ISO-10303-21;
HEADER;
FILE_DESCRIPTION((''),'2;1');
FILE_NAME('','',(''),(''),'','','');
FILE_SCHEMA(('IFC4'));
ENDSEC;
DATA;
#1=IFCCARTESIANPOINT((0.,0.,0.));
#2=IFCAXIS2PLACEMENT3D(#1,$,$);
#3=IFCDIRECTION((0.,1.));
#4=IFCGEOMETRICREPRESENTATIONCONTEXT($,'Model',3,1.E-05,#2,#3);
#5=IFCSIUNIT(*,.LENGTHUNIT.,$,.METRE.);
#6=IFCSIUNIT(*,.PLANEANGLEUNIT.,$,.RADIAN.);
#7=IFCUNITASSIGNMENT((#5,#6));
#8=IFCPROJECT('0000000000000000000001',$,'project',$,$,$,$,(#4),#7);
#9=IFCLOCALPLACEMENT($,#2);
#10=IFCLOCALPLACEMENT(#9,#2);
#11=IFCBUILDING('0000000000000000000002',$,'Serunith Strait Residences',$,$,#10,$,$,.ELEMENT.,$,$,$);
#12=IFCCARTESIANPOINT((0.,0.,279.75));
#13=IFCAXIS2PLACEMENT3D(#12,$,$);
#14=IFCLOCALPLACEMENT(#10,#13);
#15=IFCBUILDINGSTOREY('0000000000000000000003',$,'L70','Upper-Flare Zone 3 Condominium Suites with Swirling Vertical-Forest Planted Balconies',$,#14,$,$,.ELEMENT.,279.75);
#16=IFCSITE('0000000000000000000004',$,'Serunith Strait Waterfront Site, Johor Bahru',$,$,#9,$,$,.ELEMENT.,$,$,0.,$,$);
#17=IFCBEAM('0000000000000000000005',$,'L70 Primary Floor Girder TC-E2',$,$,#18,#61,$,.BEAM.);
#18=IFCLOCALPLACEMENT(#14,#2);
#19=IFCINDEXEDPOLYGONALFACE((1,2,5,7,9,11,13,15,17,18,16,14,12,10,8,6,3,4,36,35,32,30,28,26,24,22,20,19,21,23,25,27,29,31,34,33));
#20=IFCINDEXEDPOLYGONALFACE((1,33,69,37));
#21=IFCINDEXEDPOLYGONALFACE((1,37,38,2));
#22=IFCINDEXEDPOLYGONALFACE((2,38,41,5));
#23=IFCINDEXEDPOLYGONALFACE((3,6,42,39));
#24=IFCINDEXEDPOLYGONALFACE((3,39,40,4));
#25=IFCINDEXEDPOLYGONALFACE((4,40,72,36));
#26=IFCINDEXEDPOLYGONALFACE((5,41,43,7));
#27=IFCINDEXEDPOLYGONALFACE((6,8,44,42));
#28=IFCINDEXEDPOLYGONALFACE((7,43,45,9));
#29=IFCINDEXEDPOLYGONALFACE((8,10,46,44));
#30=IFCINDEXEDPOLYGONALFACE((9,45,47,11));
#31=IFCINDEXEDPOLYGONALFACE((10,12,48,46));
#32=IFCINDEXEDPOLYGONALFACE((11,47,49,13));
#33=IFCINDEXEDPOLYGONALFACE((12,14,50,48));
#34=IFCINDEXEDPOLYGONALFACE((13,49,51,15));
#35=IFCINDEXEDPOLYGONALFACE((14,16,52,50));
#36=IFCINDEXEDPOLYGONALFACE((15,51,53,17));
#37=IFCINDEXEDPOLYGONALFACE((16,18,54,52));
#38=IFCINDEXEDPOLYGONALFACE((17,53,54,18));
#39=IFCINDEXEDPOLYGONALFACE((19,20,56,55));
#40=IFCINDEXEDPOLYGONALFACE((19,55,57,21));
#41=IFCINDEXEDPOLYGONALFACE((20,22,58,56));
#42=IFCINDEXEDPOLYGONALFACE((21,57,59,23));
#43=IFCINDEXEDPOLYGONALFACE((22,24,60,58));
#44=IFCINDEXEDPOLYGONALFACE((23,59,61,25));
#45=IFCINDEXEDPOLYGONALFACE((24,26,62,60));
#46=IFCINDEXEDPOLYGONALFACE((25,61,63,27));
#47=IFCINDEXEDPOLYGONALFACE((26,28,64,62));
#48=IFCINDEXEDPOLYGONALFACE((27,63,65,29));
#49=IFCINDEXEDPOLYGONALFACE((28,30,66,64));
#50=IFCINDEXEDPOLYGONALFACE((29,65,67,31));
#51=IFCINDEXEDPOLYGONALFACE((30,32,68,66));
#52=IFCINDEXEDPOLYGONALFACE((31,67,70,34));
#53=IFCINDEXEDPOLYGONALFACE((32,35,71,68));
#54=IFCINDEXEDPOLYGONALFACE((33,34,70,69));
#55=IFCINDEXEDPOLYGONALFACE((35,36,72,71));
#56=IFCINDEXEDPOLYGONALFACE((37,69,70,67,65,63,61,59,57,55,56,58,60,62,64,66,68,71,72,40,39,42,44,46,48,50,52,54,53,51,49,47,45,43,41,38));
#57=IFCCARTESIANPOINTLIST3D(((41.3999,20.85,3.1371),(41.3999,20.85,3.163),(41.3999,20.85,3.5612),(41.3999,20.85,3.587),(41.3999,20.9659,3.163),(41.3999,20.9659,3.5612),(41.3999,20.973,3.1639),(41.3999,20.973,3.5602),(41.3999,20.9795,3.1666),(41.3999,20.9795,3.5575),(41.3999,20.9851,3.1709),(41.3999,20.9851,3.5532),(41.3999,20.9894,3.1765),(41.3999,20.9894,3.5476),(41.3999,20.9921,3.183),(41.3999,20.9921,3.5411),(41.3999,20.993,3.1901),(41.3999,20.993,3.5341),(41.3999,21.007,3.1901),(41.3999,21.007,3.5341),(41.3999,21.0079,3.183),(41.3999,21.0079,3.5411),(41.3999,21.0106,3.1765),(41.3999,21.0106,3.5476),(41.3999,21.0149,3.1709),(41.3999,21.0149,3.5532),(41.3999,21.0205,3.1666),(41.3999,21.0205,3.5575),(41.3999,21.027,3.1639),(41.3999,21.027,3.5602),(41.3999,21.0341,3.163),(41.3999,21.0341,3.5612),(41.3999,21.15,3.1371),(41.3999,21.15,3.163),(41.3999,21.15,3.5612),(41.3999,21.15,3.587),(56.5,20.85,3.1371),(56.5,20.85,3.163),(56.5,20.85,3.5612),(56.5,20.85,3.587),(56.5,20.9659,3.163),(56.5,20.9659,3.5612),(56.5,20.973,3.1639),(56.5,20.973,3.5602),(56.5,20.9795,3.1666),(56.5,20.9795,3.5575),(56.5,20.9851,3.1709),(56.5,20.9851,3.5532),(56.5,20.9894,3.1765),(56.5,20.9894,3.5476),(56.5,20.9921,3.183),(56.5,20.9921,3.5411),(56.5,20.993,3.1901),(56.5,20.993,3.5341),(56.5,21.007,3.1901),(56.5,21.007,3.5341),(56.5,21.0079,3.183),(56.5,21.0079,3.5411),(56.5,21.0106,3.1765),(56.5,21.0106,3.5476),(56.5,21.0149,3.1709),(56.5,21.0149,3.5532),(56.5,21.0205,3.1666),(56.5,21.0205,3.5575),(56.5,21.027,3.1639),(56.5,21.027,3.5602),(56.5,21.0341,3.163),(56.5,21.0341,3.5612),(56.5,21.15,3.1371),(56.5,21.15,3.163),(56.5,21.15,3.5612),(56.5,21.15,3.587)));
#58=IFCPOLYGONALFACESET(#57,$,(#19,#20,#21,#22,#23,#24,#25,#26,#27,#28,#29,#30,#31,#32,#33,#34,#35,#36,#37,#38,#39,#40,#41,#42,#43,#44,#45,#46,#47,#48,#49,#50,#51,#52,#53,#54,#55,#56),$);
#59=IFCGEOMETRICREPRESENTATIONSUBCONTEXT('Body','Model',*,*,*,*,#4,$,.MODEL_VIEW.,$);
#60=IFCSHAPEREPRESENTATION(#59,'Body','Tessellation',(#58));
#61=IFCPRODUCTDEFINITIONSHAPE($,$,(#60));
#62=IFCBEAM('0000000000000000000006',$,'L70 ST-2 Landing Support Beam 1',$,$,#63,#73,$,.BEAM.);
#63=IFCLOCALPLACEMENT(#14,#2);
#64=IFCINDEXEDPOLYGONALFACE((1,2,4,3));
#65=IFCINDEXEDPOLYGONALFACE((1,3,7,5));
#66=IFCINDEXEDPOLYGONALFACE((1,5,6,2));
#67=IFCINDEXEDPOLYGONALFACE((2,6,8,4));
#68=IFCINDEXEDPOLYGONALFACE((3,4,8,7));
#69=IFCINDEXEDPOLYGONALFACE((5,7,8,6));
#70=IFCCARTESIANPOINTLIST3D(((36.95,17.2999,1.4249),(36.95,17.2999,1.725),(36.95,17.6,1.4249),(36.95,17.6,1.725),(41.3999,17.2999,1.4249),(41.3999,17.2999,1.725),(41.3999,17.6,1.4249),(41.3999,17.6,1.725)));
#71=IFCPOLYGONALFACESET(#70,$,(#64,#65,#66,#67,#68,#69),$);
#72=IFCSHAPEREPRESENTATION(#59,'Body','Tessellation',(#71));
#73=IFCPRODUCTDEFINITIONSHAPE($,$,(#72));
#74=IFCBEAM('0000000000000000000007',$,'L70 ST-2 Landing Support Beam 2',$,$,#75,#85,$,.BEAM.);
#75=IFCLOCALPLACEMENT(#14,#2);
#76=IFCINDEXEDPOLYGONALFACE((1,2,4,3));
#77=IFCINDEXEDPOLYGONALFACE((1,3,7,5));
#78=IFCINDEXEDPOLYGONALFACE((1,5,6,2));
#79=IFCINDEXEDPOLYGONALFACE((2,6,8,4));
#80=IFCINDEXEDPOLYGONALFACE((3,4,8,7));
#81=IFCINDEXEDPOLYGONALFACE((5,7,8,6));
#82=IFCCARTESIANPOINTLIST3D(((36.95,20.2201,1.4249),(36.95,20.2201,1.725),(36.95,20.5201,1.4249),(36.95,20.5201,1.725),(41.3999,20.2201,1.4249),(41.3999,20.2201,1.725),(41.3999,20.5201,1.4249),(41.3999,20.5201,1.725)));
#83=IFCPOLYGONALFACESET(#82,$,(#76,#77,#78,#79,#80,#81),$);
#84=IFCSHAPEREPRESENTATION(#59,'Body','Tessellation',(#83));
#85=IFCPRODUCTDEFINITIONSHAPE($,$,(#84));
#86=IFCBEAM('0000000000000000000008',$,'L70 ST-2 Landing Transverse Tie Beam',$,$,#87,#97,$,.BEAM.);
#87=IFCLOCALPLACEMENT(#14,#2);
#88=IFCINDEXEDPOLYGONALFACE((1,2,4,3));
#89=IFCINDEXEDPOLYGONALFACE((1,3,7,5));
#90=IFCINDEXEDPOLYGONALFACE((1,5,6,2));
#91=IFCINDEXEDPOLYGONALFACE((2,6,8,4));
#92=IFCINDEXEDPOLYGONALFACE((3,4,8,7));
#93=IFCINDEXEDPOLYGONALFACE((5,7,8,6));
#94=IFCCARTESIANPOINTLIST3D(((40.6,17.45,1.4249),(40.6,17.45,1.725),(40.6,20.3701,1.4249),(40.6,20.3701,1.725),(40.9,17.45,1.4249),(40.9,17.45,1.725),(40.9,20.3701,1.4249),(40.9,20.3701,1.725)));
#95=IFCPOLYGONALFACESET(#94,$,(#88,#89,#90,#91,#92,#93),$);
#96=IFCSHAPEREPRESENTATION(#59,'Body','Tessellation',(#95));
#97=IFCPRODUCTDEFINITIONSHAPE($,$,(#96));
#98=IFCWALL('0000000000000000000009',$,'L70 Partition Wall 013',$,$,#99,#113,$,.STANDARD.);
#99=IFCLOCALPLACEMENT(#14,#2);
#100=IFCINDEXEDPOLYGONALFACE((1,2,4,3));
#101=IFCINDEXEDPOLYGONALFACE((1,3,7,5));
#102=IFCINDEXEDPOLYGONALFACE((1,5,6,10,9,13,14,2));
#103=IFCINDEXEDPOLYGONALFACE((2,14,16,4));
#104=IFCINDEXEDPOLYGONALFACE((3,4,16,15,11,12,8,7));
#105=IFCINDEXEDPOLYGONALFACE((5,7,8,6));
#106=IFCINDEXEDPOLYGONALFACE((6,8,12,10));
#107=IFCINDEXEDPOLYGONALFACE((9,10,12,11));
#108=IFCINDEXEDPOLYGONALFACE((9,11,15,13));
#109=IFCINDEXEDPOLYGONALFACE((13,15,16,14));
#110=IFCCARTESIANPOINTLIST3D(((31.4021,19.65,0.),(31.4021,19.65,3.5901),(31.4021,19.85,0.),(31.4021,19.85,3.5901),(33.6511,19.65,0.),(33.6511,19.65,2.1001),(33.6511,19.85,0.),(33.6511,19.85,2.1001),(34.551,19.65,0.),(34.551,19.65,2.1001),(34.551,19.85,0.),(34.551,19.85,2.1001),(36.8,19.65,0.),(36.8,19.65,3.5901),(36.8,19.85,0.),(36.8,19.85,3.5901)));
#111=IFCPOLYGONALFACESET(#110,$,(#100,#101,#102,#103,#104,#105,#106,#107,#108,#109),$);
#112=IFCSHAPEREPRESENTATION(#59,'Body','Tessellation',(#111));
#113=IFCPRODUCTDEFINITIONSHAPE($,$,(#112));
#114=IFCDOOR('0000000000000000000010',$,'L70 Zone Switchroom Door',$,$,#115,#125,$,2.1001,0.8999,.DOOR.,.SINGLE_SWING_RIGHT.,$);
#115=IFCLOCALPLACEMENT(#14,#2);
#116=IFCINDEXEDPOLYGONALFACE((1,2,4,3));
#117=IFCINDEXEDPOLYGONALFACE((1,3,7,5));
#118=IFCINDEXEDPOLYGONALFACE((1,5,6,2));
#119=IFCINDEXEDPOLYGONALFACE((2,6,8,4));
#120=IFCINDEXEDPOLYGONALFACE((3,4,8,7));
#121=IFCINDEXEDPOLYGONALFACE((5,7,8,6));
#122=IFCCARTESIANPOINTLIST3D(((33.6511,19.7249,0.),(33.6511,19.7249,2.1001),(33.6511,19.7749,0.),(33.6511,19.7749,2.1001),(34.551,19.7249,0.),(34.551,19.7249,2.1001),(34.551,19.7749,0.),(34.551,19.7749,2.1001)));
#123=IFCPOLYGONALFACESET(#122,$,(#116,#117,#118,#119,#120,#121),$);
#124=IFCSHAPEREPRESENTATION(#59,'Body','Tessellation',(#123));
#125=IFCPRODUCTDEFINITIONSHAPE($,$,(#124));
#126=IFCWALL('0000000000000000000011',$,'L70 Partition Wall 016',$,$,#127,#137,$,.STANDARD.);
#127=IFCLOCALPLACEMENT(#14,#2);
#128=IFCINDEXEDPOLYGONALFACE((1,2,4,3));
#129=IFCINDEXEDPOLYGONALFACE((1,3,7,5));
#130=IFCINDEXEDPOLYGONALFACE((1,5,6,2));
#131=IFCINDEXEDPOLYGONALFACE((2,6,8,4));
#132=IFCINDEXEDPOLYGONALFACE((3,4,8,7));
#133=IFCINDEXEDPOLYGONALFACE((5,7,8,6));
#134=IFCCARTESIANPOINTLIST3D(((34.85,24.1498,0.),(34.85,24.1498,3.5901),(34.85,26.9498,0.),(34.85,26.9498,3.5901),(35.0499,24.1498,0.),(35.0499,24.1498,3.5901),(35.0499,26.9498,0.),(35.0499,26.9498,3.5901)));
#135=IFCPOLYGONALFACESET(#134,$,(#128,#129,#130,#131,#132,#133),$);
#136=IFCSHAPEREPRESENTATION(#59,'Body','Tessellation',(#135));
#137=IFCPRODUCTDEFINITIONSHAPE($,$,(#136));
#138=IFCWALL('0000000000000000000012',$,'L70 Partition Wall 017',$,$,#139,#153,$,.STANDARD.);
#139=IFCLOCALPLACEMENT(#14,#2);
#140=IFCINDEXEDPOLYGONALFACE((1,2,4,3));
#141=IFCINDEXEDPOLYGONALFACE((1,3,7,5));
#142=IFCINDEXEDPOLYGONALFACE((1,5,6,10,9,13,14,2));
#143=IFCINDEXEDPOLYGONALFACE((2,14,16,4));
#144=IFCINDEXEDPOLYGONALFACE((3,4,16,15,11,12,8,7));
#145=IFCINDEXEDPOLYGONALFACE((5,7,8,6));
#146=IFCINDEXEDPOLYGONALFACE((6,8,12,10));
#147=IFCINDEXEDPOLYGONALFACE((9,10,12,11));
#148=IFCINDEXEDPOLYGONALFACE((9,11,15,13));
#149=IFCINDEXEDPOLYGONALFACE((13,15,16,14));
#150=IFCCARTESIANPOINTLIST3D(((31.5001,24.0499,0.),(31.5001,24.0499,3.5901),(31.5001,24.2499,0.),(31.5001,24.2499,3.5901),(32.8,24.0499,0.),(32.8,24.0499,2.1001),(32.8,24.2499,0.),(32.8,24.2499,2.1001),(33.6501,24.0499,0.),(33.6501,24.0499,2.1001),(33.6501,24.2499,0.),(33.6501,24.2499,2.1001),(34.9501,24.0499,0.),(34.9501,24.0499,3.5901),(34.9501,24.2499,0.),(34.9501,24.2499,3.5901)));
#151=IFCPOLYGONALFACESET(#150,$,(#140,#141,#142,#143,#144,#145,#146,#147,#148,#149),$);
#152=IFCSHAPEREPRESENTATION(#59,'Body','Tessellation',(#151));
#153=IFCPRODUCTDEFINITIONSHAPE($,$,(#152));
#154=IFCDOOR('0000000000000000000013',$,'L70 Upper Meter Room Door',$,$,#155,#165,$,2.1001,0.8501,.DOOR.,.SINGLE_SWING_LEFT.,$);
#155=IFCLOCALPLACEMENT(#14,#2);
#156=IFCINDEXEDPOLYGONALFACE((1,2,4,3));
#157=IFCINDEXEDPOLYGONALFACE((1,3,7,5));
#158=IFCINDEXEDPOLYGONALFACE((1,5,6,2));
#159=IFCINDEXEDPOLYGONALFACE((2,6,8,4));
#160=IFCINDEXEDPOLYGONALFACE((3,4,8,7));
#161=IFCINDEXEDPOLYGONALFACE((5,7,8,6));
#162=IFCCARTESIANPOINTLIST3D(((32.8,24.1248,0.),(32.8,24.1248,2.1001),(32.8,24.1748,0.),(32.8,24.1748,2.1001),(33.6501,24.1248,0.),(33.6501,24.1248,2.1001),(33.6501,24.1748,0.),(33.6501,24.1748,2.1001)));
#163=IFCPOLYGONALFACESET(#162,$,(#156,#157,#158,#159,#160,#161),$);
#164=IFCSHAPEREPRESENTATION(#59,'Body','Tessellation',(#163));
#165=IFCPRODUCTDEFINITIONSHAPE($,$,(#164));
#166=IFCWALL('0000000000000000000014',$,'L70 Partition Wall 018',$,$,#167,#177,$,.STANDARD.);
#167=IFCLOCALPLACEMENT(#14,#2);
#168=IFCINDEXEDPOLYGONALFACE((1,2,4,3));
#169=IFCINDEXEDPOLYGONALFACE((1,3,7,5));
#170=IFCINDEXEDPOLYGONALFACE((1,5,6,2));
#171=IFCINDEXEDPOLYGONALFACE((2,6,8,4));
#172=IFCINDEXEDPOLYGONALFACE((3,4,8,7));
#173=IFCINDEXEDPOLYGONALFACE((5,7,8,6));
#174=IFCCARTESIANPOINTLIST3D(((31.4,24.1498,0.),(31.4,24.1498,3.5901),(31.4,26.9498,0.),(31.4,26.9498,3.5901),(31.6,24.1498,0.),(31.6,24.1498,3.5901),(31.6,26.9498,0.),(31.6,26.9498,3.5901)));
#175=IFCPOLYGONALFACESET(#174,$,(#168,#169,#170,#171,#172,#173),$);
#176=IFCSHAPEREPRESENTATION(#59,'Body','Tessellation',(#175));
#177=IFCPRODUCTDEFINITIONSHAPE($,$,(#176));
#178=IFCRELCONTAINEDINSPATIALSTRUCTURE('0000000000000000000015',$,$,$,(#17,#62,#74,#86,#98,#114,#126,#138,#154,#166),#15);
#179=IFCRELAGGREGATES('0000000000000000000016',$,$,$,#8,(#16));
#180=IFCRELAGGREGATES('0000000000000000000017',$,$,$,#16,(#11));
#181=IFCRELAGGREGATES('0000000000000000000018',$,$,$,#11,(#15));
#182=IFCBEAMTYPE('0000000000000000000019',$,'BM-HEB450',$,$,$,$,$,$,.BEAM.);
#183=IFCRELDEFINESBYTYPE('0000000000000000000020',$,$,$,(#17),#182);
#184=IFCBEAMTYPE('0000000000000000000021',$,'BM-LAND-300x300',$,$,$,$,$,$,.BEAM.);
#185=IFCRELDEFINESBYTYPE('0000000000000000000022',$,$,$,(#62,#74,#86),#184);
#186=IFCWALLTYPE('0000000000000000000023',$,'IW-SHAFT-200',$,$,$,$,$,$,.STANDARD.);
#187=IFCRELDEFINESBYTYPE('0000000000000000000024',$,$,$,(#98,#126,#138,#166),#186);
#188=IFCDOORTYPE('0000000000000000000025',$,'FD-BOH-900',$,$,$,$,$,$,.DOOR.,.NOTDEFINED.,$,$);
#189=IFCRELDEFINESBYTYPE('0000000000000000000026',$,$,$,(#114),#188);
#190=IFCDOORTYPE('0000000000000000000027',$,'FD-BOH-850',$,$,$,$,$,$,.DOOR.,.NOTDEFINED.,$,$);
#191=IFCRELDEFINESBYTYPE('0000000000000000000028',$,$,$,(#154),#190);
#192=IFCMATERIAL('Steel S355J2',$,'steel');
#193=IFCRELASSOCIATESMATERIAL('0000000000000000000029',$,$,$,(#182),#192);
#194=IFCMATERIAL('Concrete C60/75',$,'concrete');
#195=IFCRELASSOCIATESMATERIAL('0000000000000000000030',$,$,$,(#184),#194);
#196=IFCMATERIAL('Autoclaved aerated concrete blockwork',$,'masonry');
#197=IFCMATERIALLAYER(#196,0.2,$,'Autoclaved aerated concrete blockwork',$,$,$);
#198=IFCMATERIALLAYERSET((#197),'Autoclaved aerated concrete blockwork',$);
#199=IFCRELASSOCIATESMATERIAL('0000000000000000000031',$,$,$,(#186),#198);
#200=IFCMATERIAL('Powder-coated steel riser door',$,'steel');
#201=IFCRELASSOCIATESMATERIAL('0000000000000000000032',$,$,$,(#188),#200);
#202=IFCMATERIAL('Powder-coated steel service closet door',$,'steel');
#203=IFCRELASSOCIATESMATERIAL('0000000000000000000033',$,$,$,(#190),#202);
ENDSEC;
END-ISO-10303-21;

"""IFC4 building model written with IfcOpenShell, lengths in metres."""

from ifc_helpers import new_model, si_unit, direction, frame, frame_2d, origin, origin_2d, place, context, subcontext, project, spatial, rectangle, i_section, extrude, source, transform, mapped, material, layer, layer_set, material_profile, profile_set, type_object, element, fill, save


model = new_model("IFC4")

# Units and contexts
model_context = context("Model", 3, precision=1e-05, world=origin(), true_north=direction((0.0, 1.0)))
body_context = subcontext(model_context, "Body", "Model", "MODEL_VIEW")
ifc_project = project(units=[si_unit("LENGTHUNIT", "METRE"), si_unit("PLANEANGLEUNIT", "RADIAN")], contexts=[model_context])

# Site, building, storey
site_placement = place(None, origin())
site = spatial("IfcSite", under=ifc_project, at=site_placement, Name="Serunith Strait Waterfront Site, Johor Bahru", CompositionType="ELEMENT", RefElevation=0.0)
building_placement = place(site_placement, origin())
building = spatial("IfcBuilding", under=site, at=building_placement, Name="Serunith Strait Residences", CompositionType="ELEMENT")
storey_placement = place(building_placement, frame((0.0, 0.0, 279.75)))
storey = spatial("IfcBuildingStorey", under=building, at=storey_placement, Name="L70", Description="Upper-Flare Zone 3 Condominium Suites with Swirling Vertical-Forest Planted Balconies", CompositionType="ELEMENT", Elevation=279.75)

# Beams
ifc_material_1 = material(Name="Steel S355J2", Category="steel")
ifc_material_profile_1 = material_profile(ifc_material_1, i_section(OverallWidth=0.3, OverallDepth=0.45, WebThickness=0.0139, FlangeThickness=0.0259, FilletRadius=0.0271, at=origin_2d()), Name="HEB 450")
ifc_profile_set_1 = profile_set([ifc_material_profile_1], Name="Steel S355J2")
beam_type_1 = type_object("IfcBeamType", Name="BM-HEB450", PredefinedType="BEAM", material=ifc_profile_set_1)
shared_shape_1 = source(origin(), body_context, "Body", "SweptSolid", [
    extrude(i_section(OverallWidth=0.3, OverallDepth=0.45, WebThickness=0.0139, FlangeThickness=0.0259, FilletRadius=0.0271, at=origin_2d()), origin(), (0.0, 0.0, 1.0), 15.1001),
])
beam_1_placement = place(storey_placement, frame((41.3999, 21.0, 3.3621), z_axis=(1.0, 0.0, 0.0), x_axis=(0.0, 1.0, 0.0)))
element("IfcBeam", 1, at=beam_1_placement, inside=storey, type_object=beam_type_1, Name="L70 Primary Floor Girder TC-E2", PredefinedType="BEAM", context=body_context, shape_type="MappedRepresentation", body=[
    mapped(shared_shape_1, transform((0.0, 0.0, 0.0), scale=1.0)),
])
ifc_material_2 = material(Name="Concrete C60/75", Category="concrete")
ifc_material_profile_2 = material_profile(ifc_material_2, rectangle(XDim=0.3, YDim=0.3, at=origin_2d()), Name="RC 300x300")
ifc_profile_set_2 = profile_set([ifc_material_profile_2], Name="Concrete C60/75")
beam_type_2 = type_object("IfcBeamType", Name="BM-LAND-300x300", PredefinedType="BEAM", material=ifc_profile_set_2)
shared_shape_2 = source(origin(), body_context, "Body", "SweptSolid", [
    extrude(rectangle(XDim=0.3, YDim=0.3, at=origin_2d()), origin(), (0.0, 0.0, 1.0), 4.45),
])
for number, where, z_axis, x_axis, name in (
    (2, (36.95, 17.45, 1.575), (1.0, 0.0, 0.0), (0.0, 1.0, 0.0), "L70 ST-2 Landing Support Beam 1"),
    (3, (36.95, 20.3701, 1.575), (1.0, 0.0, 0.0), (0.0, 1.0, 0.0), "L70 ST-2 Landing Support Beam 2"),
):
    element("IfcBeam", number, at=place(storey_placement, frame(where, z_axis=z_axis, x_axis=x_axis)), inside=storey, type_object=beam_type_2, Name=name, PredefinedType="BEAM", context=body_context, shape_type="MappedRepresentation", body=[
        mapped(shared_shape_2, transform((0.0, 0.0, 0.0), scale=1.0)),
    ])
shared_shape_3 = source(origin(), body_context, "Body", "SweptSolid", [
    extrude(rectangle(XDim=0.3, YDim=0.3, at=origin_2d()), origin(), (0.0, 0.0, 1.0), 2.9202),
])
beam_2_placement = place(storey_placement, frame((40.75, 17.45, 1.575), z_axis=(0.0, 1.0, 0.0), x_axis=(-1.0, 0.0, 0.0)))
element("IfcBeam", 4, at=beam_2_placement, inside=storey, type_object=beam_type_2, Name="L70 ST-2 Landing Transverse Tie Beam", PredefinedType="BEAM", context=body_context, shape_type="MappedRepresentation", body=[
    mapped(shared_shape_3, transform((0.0, 0.0, 0.0), scale=1.0)),
])

# Wall, opening, door
ifc_material_3 = material(Name="Autoclaved aerated concrete blockwork", Category="masonry")
ifc_layer_1 = layer(ifc_material_3, 0.2, Name="Autoclaved aerated concrete blockwork")
ifc_layer_set_1 = layer_set([ifc_layer_1], Name="Autoclaved aerated concrete blockwork")
wall_type_1 = type_object("IfcWallType", Name="IW-SHAFT-200", PredefinedType="STANDARD", material=ifc_layer_set_1)
wall_1_placement = place(storey_placement, frame((31.4021, 19.75, 0.0), z_axis=(0.0, 0.0, 1.0), x_axis=(1.0, 0.0, 0.0)))
wall_1 = element("IfcWall", 5, at=wall_1_placement, inside=storey, type_object=wall_type_1, Name="L70 Partition Wall 013", PredefinedType="STANDARD", context=body_context, shape_type="SweptSolid", body=[
    extrude(rectangle(XDim=5.3979, YDim=0.2, at=frame_2d((2.699, 0.0))), origin(), (0.0, 0.0, 1.0), 3.5901),
])
opening_1_placement = place(wall_1_placement, frame((2.249, 0.0, 0.0)))
opening_1 = element("IfcOpeningElement", 6, at=opening_1_placement, cuts=wall_1, PredefinedType="OPENING", context=body_context, shape_type="SweptSolid", body=[
    extrude(rectangle(XDim=0.8999, YDim=2.1001, at=frame_2d((0.45, 1.05))), frame((0.0, 0.1099, 0.0), z_axis=(0.0, -1.0, 0.0), x_axis=(1.0, 0.0, 0.0)), (0.0, 0.0, 1.0), 0.22),
])
ifc_material_4 = material(Name="Powder-coated steel riser door", Category="steel")
door_type_1 = type_object("IfcDoorType", Name="FD-BOH-900", OperationType="NOTDEFINED", PredefinedType="DOOR", material=ifc_material_4)
shared_shape_4 = source(origin(), body_context, "Body", "SweptSolid", [
    extrude(rectangle(XDim=0.8999, YDim=2.1001, at=frame_2d((0.45, 1.05))), frame((0.0, 0.0249, 0.0), z_axis=(0.0, -1.0, 0.0), x_axis=(1.0, 0.0, 0.0)), (0.0, 0.0, 1.0), 0.05),
])
door_1_placement = place(opening_1_placement, origin())
door_1 = element("IfcDoor", 7, at=door_1_placement, inside=storey, type_object=door_type_1, Name="L70 Zone Switchroom Door", OperationType="SINGLE_SWING_RIGHT", OverallHeight=2.1001, OverallWidth=0.8999, PredefinedType="DOOR", context=body_context, shape_type="MappedRepresentation", body=[
    mapped(shared_shape_4, transform((0.0, 0.0, 0.0), scale=1.0)),
])
fill(opening_1, door_1)

# Wall
wall_2_placement = place(storey_placement, frame((34.95, 24.1499, 0.0), z_axis=(0.0, 0.0, 1.0), x_axis=(0.0, 1.0, 0.0)))
element("IfcWall", 8, at=wall_2_placement, inside=storey, type_object=wall_type_1, Name="L70 Partition Wall 016", PredefinedType="STANDARD", context=body_context, shape_type="SweptSolid", body=[
    extrude(rectangle(XDim=2.8, YDim=0.2, at=frame_2d((1.3999, 0.0))), origin(), (0.0, 0.0, 1.0), 3.5901),
])

# Wall, opening, door
wall_3_placement = place(storey_placement, frame((31.5, 24.1499, 0.0), z_axis=(0.0, 0.0, 1.0), x_axis=(1.0, 0.0, 0.0)))
wall_3 = element("IfcWall", 9, at=wall_3_placement, inside=storey, type_object=wall_type_1, Name="L70 Partition Wall 017", PredefinedType="STANDARD", context=body_context, shape_type="SweptSolid", body=[
    extrude(rectangle(XDim=3.45, YDim=0.2, at=frame_2d((1.7251, 0.0))), origin(), (0.0, 0.0, 1.0), 3.5901),
])
opening_2_placement = place(wall_3_placement, frame((1.3, 0.0, 0.0)))
opening_2 = element("IfcOpeningElement", 10, at=opening_2_placement, cuts=wall_3, PredefinedType="OPENING", context=body_context, shape_type="SweptSolid", body=[
    extrude(rectangle(XDim=0.8501, YDim=2.1001, at=frame_2d((0.425, 1.05))), frame((0.0, 0.1099, 0.0), z_axis=(0.0, -1.0, 0.0), x_axis=(1.0, 0.0, 0.0)), (0.0, 0.0, 1.0), 0.22),
])
ifc_material_5 = material(Name="Powder-coated steel service closet door", Category="steel")
door_type_2 = type_object("IfcDoorType", Name="FD-BOH-850", OperationType="NOTDEFINED", PredefinedType="DOOR", material=ifc_material_5)
shared_shape_5 = source(origin(), body_context, "Body", "SweptSolid", [
    extrude(rectangle(XDim=0.8501, YDim=2.1001, at=frame_2d((0.425, 1.05))), frame((0.0, 0.0249, 0.0), z_axis=(0.0, -1.0, 0.0), x_axis=(1.0, 0.0, 0.0)), (0.0, 0.0, 1.0), 0.05),
])
door_2_placement = place(opening_2_placement, origin())
door_2 = element("IfcDoor", 11, at=door_2_placement, inside=storey, type_object=door_type_2, Name="L70 Upper Meter Room Door", OperationType="SINGLE_SWING_LEFT", OverallHeight=2.1001, OverallWidth=0.8501, PredefinedType="DOOR", context=body_context, shape_type="MappedRepresentation", body=[
    mapped(shared_shape_5, transform((0.0, 0.0, 0.0), scale=1.0)),
])
fill(opening_2, door_2)

# Wall
wall_4_placement = place(storey_placement, frame((31.5, 24.1499, 0.0), z_axis=(0.0, 0.0, 1.0), x_axis=(0.0, 1.0, 0.0)))
element("IfcWall", 12, at=wall_4_placement, inside=storey, type_object=wall_type_1, Name="L70 Partition Wall 018", PredefinedType="STANDARD", context=body_context, shape_type="SweptSolid", body=[
    extrude(rectangle(XDim=2.8, YDim=0.2, at=frame_2d((1.3999, 0.0))), origin(), (0.0, 0.0, 1.0), 3.5901),
])

save(model, "model.ifc")
